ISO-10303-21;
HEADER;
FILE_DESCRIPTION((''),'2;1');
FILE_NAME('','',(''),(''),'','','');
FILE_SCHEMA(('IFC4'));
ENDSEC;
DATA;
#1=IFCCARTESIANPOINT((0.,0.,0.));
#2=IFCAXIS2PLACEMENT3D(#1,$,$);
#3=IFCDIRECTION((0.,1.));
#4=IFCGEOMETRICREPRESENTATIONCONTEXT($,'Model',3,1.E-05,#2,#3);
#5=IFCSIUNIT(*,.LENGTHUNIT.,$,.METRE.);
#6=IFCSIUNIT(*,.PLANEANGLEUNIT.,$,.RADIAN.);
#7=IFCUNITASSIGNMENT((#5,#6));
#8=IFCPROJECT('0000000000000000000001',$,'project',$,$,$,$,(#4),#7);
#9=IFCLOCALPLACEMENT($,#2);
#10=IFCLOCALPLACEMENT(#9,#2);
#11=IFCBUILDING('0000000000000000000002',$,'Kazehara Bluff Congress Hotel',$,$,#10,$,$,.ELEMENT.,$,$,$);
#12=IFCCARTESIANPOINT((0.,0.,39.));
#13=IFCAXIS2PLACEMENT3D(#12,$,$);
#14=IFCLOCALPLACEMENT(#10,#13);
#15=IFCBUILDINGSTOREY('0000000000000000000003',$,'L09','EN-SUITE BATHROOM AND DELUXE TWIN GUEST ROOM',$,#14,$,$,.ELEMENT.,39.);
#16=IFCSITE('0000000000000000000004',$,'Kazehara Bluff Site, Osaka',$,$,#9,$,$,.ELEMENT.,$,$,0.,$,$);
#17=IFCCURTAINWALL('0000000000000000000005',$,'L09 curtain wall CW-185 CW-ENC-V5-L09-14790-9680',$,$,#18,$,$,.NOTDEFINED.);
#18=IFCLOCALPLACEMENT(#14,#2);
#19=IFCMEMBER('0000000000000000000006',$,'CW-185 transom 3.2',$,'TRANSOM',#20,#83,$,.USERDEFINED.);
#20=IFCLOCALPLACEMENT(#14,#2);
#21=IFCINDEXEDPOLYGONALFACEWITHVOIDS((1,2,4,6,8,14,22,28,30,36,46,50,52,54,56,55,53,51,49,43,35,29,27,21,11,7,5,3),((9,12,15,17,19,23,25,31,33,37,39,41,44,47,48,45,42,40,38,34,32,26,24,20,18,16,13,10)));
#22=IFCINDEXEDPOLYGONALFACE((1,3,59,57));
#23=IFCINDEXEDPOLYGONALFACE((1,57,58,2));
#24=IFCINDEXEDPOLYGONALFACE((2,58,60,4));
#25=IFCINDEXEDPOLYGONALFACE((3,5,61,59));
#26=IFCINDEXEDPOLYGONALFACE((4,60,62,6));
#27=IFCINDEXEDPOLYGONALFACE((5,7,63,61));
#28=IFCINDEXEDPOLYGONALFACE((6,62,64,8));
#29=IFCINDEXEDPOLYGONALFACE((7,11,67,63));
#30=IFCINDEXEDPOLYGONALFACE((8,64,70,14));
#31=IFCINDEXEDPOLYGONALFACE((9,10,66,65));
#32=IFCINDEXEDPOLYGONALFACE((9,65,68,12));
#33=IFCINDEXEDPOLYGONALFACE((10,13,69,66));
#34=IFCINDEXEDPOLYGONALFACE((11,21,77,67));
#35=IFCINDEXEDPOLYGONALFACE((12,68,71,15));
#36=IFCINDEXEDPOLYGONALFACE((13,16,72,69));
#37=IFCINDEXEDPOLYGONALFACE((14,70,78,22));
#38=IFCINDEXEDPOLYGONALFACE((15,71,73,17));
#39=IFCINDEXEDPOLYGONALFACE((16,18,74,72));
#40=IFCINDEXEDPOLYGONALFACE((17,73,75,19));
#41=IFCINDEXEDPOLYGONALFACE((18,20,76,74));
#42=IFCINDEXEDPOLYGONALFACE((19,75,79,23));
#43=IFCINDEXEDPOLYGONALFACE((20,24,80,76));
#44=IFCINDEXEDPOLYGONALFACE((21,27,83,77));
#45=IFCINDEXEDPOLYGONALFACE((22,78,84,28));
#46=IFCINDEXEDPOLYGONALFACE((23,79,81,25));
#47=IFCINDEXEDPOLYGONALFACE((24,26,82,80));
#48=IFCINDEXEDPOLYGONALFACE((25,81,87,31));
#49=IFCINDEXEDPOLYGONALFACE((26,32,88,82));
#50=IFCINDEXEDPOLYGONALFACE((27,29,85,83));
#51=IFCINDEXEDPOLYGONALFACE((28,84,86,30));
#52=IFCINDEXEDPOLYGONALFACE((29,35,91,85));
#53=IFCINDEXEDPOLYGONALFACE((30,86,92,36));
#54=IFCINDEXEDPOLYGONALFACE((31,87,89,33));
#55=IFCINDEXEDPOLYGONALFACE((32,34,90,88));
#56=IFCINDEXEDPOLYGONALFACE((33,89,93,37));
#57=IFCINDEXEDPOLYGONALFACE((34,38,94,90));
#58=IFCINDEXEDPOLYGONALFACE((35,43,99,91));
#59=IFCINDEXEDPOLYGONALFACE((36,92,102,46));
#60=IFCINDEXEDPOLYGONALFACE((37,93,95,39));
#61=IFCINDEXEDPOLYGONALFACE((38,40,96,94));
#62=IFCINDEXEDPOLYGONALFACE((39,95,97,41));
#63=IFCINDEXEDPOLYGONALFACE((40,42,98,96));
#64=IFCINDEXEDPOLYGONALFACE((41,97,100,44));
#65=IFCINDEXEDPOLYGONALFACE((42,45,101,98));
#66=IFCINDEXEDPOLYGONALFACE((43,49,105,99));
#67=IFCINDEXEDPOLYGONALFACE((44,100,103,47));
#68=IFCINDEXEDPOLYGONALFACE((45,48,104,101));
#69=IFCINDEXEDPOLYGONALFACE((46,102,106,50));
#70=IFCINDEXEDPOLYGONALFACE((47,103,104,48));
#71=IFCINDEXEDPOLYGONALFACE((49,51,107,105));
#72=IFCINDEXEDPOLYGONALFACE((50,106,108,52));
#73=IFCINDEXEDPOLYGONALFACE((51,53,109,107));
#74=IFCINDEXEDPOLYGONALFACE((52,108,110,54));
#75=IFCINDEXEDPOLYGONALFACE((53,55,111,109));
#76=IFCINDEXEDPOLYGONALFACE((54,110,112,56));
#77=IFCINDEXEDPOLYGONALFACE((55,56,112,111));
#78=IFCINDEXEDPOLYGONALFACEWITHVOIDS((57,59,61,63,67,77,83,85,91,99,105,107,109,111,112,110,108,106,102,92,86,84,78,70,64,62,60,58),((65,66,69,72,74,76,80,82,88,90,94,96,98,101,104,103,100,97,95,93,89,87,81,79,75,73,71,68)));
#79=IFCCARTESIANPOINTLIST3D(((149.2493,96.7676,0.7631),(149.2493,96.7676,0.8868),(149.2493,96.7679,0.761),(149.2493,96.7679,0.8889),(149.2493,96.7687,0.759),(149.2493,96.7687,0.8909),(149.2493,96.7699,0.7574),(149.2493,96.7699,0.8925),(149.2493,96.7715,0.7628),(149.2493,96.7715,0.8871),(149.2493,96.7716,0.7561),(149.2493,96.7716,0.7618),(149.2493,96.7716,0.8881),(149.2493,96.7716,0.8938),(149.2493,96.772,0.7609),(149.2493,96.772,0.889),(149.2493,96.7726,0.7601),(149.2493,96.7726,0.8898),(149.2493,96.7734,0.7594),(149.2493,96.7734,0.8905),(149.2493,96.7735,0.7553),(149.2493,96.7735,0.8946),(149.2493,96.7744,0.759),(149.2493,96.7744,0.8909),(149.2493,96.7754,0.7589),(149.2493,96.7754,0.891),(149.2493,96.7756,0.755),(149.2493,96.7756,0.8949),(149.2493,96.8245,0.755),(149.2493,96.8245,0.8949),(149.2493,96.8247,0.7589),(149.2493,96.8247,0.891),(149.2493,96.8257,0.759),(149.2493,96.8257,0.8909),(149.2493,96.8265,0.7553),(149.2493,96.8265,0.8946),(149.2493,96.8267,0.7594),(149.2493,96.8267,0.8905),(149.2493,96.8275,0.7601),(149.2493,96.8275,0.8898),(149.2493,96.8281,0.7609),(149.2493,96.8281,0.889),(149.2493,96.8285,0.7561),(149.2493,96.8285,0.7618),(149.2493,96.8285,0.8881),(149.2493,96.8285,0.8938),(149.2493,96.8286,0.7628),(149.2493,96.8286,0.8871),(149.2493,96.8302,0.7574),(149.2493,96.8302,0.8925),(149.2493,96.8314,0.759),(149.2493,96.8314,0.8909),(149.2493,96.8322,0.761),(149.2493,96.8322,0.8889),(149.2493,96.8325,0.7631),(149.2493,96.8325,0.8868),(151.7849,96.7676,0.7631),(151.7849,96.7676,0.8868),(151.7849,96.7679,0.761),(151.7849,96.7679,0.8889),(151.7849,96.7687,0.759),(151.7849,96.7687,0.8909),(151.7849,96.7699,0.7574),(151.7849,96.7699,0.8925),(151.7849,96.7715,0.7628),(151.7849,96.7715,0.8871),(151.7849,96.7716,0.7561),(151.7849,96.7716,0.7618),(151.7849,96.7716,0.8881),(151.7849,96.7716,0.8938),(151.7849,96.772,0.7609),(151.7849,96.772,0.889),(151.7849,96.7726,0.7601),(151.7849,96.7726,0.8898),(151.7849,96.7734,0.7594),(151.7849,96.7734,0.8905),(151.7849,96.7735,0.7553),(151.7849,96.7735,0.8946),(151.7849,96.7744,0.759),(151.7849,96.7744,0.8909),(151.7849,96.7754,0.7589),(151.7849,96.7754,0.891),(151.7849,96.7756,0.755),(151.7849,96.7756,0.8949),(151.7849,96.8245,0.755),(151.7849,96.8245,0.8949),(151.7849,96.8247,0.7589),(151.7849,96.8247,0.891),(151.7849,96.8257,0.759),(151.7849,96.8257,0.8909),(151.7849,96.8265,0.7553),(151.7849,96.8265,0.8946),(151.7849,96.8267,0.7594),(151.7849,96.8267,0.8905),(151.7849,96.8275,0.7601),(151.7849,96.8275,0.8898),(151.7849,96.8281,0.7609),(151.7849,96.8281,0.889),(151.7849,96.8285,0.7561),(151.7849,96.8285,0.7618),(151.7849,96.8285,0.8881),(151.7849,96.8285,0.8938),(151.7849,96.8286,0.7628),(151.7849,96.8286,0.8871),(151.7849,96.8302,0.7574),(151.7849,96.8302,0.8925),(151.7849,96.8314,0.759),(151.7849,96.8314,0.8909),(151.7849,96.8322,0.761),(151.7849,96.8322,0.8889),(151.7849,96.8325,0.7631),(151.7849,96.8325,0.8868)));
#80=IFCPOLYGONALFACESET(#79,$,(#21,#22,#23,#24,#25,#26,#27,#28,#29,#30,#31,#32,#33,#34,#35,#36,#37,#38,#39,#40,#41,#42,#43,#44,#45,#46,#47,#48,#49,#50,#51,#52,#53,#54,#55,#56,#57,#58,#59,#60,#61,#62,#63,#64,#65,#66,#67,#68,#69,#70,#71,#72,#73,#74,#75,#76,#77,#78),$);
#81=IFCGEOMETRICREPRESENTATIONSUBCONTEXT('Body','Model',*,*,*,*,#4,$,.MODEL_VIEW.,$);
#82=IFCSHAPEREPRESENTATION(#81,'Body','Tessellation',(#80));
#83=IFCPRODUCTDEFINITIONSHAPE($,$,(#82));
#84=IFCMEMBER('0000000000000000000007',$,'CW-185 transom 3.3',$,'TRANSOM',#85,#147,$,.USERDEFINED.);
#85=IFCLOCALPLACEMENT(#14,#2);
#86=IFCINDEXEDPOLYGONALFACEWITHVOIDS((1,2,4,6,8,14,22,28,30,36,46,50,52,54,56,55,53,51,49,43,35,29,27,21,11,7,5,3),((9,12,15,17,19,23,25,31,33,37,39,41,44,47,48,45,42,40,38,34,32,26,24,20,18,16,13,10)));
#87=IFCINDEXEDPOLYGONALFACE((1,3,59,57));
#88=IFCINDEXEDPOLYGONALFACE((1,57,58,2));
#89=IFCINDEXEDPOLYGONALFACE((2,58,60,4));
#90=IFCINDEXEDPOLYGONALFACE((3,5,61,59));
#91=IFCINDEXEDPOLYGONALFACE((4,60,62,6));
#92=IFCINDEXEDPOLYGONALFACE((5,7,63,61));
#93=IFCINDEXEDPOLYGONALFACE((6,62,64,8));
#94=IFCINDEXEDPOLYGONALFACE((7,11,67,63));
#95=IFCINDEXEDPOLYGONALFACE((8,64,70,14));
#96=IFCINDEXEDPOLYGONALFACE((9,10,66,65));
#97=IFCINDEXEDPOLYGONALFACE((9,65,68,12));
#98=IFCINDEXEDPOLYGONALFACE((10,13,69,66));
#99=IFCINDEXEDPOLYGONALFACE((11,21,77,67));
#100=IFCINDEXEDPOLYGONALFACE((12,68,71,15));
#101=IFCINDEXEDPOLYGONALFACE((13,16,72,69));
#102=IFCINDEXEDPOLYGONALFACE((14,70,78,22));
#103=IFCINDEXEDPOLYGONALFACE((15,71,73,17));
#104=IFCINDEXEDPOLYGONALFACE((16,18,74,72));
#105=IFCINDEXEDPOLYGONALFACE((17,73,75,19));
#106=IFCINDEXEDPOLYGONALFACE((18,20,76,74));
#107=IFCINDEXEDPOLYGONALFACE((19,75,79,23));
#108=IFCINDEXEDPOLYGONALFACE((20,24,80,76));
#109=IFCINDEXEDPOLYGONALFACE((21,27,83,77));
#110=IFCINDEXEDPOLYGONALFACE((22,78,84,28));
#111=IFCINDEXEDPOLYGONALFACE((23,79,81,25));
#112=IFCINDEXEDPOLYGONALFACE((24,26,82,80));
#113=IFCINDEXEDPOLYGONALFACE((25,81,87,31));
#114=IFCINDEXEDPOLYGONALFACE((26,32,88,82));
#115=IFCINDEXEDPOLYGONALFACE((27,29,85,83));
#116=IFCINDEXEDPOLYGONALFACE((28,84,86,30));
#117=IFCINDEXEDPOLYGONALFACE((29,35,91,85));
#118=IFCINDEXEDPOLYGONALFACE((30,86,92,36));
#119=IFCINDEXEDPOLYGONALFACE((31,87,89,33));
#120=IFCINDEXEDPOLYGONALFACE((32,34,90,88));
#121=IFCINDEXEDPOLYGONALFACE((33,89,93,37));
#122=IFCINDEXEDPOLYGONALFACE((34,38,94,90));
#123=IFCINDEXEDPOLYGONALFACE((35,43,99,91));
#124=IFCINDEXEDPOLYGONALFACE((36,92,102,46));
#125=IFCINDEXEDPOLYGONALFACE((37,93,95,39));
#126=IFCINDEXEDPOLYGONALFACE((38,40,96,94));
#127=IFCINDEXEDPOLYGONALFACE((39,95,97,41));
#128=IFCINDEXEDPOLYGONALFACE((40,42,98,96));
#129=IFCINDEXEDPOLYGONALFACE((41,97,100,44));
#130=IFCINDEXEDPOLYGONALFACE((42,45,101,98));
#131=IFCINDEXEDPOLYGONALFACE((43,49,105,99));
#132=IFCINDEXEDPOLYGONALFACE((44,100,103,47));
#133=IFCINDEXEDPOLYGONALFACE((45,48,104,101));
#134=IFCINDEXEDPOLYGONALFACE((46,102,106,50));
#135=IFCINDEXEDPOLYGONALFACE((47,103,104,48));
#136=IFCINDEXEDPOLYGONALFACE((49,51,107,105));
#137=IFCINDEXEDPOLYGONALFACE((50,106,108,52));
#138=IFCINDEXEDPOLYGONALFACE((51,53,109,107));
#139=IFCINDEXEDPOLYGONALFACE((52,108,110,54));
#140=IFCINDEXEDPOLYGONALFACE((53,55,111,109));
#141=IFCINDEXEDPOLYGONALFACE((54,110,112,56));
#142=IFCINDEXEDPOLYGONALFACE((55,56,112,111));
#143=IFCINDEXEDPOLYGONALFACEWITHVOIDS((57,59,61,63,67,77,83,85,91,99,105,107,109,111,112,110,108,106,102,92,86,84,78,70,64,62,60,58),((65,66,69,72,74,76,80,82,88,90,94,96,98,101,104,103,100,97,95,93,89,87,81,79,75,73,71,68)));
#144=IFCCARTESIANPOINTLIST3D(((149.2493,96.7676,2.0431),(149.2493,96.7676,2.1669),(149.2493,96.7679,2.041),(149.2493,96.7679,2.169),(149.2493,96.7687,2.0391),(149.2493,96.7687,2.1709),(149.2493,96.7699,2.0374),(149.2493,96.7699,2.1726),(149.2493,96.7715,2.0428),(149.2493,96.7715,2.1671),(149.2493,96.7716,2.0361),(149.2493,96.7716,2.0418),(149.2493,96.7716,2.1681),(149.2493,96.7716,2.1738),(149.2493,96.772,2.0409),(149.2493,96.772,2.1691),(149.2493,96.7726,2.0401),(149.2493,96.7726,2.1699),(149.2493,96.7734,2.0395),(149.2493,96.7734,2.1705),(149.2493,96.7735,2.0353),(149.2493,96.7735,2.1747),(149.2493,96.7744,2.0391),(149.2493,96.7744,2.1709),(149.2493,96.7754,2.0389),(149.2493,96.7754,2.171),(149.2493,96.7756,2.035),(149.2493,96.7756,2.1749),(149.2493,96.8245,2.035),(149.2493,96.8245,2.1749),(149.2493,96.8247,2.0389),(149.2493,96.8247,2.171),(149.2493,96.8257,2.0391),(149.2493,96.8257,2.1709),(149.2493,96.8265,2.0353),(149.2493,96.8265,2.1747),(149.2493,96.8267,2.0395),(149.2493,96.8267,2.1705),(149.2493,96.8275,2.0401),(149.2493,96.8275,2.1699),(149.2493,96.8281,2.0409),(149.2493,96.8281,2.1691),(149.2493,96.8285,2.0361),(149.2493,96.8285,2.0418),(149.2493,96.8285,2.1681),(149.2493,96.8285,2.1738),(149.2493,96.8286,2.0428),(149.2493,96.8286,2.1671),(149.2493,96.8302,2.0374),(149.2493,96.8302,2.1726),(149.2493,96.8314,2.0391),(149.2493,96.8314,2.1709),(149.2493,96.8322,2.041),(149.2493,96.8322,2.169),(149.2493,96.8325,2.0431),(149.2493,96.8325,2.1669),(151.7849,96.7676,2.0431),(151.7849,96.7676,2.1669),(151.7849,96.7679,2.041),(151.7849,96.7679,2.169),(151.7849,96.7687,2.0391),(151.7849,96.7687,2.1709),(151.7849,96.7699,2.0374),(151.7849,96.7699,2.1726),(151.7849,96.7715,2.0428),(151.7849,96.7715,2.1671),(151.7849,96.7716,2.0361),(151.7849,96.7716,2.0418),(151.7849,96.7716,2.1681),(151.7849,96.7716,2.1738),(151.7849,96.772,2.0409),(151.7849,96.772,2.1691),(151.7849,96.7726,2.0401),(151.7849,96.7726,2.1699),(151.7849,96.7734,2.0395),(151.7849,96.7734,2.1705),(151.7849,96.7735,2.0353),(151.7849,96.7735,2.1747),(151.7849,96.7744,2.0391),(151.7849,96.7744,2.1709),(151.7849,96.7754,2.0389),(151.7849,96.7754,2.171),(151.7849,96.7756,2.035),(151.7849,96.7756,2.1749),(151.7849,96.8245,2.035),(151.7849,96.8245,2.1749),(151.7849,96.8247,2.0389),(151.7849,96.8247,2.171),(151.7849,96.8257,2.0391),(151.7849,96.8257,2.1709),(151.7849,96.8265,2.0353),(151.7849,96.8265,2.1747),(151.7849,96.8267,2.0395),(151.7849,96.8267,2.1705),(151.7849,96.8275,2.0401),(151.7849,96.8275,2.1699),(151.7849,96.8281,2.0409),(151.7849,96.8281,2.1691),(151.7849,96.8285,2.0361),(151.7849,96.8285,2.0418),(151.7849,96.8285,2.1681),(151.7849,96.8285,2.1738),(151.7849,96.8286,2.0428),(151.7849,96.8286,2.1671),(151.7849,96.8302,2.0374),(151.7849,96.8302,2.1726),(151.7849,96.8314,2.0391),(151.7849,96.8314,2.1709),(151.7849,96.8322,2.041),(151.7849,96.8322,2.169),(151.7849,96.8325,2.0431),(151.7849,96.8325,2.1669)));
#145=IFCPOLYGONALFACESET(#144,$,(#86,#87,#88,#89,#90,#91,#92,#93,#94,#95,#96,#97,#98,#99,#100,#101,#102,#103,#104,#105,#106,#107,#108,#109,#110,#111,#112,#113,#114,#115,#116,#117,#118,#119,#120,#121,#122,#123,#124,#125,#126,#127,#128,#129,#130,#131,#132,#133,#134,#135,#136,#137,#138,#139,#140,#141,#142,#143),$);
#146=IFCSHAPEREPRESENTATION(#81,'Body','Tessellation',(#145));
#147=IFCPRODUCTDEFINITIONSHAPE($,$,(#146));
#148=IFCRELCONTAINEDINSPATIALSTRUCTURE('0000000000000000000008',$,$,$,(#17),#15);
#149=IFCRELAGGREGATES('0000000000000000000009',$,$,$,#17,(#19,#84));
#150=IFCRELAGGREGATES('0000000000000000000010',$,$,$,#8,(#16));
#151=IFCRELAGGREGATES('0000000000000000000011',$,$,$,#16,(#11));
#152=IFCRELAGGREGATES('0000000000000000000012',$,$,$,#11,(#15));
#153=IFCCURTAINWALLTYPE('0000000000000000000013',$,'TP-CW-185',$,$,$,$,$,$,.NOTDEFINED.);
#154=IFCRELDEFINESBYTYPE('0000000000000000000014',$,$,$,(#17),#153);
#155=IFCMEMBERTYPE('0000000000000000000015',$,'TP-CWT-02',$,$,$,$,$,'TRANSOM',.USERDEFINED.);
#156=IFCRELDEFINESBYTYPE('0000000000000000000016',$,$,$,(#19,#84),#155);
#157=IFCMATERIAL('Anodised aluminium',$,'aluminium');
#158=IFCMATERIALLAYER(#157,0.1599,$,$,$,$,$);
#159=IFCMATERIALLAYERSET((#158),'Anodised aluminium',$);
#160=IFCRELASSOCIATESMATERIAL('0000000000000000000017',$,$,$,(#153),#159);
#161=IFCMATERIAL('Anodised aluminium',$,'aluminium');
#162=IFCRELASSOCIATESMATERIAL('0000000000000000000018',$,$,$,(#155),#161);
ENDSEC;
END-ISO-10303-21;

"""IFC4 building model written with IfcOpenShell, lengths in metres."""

from ifc_helpers import new_model, si_unit, direction, frame, origin, origin_2d, place, context, subcontext, project, spatial, hollow_rectangle, extrude, material, layer, layer_set, material_profile, profile_set, type_object, element, aggregate, save


model = new_model("IFC4")

# Units and contexts
model_context = context("Model", 3, precision=1e-05, world=origin(), true_north=direction((0.0, 1.0)))
body_context = subcontext(model_context, "Body", "Model", "MODEL_VIEW")
ifc_project = project(units=[si_unit("LENGTHUNIT", "METRE"), si_unit("PLANEANGLEUNIT", "RADIAN")], contexts=[model_context])

# Site, building, storey
site_placement = place(None, origin())
site = spatial("IfcSite", under=ifc_project, at=site_placement, Name="Kazehara Bluff Site, Osaka", CompositionType="ELEMENT", RefElevation=0.0)
building_placement = place(site_placement, origin())
building = spatial("IfcBuilding", under=site, at=building_placement, Name="Kazehara Bluff Congress Hotel", CompositionType="ELEMENT")
storey_placement = place(building_placement, frame((0.0, 0.0, 39.0)))
storey = spatial("IfcBuildingStorey", under=building, at=storey_placement, Name="L09", Description="EN-SUITE BATHROOM AND DELUXE TWIN GUEST ROOM", CompositionType="ELEMENT", Elevation=39.0)

# Curtain wall
ifc_material_1 = material(Name="Anodised aluminium", Category="aluminium")
ifc_layer_1 = layer(ifc_material_1, 0.1599)
ifc_layer_set_1 = layer_set([ifc_layer_1], Name="Anodised aluminium")
curtain_wall_type = type_object("IfcCurtainWallType", Name="TP-CW-185", PredefinedType="NOTDEFINED", material=ifc_layer_set_1)
curtain_wall_1_placement = place(storey_placement, origin())
curtain_wall_1 = element("IfcCurtainWall", 1, at=curtain_wall_1_placement, inside=storey, type_object=curtain_wall_type, Name="L09 curtain wall CW-185 CW-ENC-V5-L09-14790-9680", PredefinedType="NOTDEFINED")

# Members
ifc_material_2 = material(Name="Anodised aluminium", Category="aluminium")
ifc_material_profile_1 = material_profile(ifc_material_2, hollow_rectangle(XDim=0.0649, YDim=0.1399, WallThickness=0.0039, InnerFilletRadius=0.0039, OuterFilletRadius=0.0081, at=origin_2d()))
ifc_profile_set_1 = profile_set([ifc_material_profile_1], Name="Anodised aluminium")
member_type_1 = type_object("IfcMemberType", Name="TP-CWT-02", ElementType="TRANSOM", PredefinedType="USERDEFINED", material=ifc_profile_set_1)
member_1_placement = place(storey_placement, frame((149.2493, 96.8, 0.825), z_axis=(1.0, 0.0, 0.0), x_axis=(0.0, 1.0, 0.0)))
member_1 = element("IfcMember", 2, at=member_1_placement, type_object=member_type_1, Name="CW-185 transom 3.2", ObjectType="TRANSOM", PredefinedType="USERDEFINED", context=body_context, shape_type="SweptSolid", body=[
    extrude(hollow_rectangle(XDim=0.0649, YDim=0.1399, WallThickness=0.0039, InnerFilletRadius=0.0039, OuterFilletRadius=0.0081, at=origin_2d()), origin(), (0.0, 0.0, 1.0), 2.5356),
])
member_2_placement = place(storey_placement, frame((149.2493, 96.8, 2.105), z_axis=(1.0, 0.0, 0.0), x_axis=(0.0, 1.0, 0.0)))
member_2 = element("IfcMember", 3, at=member_2_placement, type_object=member_type_1, Name="CW-185 transom 3.3", ObjectType="TRANSOM", PredefinedType="USERDEFINED", context=body_context, shape_type="SweptSolid", body=[
    extrude(hollow_rectangle(XDim=0.0649, YDim=0.1399, WallThickness=0.0039, InnerFilletRadius=0.0039, OuterFilletRadius=0.0081, at=origin_2d()), origin(), (0.0, 0.0, 1.0), 2.5356),
])

aggregate(curtain_wall_1, [member_1, member_2])

save(model, "model.ifc")
